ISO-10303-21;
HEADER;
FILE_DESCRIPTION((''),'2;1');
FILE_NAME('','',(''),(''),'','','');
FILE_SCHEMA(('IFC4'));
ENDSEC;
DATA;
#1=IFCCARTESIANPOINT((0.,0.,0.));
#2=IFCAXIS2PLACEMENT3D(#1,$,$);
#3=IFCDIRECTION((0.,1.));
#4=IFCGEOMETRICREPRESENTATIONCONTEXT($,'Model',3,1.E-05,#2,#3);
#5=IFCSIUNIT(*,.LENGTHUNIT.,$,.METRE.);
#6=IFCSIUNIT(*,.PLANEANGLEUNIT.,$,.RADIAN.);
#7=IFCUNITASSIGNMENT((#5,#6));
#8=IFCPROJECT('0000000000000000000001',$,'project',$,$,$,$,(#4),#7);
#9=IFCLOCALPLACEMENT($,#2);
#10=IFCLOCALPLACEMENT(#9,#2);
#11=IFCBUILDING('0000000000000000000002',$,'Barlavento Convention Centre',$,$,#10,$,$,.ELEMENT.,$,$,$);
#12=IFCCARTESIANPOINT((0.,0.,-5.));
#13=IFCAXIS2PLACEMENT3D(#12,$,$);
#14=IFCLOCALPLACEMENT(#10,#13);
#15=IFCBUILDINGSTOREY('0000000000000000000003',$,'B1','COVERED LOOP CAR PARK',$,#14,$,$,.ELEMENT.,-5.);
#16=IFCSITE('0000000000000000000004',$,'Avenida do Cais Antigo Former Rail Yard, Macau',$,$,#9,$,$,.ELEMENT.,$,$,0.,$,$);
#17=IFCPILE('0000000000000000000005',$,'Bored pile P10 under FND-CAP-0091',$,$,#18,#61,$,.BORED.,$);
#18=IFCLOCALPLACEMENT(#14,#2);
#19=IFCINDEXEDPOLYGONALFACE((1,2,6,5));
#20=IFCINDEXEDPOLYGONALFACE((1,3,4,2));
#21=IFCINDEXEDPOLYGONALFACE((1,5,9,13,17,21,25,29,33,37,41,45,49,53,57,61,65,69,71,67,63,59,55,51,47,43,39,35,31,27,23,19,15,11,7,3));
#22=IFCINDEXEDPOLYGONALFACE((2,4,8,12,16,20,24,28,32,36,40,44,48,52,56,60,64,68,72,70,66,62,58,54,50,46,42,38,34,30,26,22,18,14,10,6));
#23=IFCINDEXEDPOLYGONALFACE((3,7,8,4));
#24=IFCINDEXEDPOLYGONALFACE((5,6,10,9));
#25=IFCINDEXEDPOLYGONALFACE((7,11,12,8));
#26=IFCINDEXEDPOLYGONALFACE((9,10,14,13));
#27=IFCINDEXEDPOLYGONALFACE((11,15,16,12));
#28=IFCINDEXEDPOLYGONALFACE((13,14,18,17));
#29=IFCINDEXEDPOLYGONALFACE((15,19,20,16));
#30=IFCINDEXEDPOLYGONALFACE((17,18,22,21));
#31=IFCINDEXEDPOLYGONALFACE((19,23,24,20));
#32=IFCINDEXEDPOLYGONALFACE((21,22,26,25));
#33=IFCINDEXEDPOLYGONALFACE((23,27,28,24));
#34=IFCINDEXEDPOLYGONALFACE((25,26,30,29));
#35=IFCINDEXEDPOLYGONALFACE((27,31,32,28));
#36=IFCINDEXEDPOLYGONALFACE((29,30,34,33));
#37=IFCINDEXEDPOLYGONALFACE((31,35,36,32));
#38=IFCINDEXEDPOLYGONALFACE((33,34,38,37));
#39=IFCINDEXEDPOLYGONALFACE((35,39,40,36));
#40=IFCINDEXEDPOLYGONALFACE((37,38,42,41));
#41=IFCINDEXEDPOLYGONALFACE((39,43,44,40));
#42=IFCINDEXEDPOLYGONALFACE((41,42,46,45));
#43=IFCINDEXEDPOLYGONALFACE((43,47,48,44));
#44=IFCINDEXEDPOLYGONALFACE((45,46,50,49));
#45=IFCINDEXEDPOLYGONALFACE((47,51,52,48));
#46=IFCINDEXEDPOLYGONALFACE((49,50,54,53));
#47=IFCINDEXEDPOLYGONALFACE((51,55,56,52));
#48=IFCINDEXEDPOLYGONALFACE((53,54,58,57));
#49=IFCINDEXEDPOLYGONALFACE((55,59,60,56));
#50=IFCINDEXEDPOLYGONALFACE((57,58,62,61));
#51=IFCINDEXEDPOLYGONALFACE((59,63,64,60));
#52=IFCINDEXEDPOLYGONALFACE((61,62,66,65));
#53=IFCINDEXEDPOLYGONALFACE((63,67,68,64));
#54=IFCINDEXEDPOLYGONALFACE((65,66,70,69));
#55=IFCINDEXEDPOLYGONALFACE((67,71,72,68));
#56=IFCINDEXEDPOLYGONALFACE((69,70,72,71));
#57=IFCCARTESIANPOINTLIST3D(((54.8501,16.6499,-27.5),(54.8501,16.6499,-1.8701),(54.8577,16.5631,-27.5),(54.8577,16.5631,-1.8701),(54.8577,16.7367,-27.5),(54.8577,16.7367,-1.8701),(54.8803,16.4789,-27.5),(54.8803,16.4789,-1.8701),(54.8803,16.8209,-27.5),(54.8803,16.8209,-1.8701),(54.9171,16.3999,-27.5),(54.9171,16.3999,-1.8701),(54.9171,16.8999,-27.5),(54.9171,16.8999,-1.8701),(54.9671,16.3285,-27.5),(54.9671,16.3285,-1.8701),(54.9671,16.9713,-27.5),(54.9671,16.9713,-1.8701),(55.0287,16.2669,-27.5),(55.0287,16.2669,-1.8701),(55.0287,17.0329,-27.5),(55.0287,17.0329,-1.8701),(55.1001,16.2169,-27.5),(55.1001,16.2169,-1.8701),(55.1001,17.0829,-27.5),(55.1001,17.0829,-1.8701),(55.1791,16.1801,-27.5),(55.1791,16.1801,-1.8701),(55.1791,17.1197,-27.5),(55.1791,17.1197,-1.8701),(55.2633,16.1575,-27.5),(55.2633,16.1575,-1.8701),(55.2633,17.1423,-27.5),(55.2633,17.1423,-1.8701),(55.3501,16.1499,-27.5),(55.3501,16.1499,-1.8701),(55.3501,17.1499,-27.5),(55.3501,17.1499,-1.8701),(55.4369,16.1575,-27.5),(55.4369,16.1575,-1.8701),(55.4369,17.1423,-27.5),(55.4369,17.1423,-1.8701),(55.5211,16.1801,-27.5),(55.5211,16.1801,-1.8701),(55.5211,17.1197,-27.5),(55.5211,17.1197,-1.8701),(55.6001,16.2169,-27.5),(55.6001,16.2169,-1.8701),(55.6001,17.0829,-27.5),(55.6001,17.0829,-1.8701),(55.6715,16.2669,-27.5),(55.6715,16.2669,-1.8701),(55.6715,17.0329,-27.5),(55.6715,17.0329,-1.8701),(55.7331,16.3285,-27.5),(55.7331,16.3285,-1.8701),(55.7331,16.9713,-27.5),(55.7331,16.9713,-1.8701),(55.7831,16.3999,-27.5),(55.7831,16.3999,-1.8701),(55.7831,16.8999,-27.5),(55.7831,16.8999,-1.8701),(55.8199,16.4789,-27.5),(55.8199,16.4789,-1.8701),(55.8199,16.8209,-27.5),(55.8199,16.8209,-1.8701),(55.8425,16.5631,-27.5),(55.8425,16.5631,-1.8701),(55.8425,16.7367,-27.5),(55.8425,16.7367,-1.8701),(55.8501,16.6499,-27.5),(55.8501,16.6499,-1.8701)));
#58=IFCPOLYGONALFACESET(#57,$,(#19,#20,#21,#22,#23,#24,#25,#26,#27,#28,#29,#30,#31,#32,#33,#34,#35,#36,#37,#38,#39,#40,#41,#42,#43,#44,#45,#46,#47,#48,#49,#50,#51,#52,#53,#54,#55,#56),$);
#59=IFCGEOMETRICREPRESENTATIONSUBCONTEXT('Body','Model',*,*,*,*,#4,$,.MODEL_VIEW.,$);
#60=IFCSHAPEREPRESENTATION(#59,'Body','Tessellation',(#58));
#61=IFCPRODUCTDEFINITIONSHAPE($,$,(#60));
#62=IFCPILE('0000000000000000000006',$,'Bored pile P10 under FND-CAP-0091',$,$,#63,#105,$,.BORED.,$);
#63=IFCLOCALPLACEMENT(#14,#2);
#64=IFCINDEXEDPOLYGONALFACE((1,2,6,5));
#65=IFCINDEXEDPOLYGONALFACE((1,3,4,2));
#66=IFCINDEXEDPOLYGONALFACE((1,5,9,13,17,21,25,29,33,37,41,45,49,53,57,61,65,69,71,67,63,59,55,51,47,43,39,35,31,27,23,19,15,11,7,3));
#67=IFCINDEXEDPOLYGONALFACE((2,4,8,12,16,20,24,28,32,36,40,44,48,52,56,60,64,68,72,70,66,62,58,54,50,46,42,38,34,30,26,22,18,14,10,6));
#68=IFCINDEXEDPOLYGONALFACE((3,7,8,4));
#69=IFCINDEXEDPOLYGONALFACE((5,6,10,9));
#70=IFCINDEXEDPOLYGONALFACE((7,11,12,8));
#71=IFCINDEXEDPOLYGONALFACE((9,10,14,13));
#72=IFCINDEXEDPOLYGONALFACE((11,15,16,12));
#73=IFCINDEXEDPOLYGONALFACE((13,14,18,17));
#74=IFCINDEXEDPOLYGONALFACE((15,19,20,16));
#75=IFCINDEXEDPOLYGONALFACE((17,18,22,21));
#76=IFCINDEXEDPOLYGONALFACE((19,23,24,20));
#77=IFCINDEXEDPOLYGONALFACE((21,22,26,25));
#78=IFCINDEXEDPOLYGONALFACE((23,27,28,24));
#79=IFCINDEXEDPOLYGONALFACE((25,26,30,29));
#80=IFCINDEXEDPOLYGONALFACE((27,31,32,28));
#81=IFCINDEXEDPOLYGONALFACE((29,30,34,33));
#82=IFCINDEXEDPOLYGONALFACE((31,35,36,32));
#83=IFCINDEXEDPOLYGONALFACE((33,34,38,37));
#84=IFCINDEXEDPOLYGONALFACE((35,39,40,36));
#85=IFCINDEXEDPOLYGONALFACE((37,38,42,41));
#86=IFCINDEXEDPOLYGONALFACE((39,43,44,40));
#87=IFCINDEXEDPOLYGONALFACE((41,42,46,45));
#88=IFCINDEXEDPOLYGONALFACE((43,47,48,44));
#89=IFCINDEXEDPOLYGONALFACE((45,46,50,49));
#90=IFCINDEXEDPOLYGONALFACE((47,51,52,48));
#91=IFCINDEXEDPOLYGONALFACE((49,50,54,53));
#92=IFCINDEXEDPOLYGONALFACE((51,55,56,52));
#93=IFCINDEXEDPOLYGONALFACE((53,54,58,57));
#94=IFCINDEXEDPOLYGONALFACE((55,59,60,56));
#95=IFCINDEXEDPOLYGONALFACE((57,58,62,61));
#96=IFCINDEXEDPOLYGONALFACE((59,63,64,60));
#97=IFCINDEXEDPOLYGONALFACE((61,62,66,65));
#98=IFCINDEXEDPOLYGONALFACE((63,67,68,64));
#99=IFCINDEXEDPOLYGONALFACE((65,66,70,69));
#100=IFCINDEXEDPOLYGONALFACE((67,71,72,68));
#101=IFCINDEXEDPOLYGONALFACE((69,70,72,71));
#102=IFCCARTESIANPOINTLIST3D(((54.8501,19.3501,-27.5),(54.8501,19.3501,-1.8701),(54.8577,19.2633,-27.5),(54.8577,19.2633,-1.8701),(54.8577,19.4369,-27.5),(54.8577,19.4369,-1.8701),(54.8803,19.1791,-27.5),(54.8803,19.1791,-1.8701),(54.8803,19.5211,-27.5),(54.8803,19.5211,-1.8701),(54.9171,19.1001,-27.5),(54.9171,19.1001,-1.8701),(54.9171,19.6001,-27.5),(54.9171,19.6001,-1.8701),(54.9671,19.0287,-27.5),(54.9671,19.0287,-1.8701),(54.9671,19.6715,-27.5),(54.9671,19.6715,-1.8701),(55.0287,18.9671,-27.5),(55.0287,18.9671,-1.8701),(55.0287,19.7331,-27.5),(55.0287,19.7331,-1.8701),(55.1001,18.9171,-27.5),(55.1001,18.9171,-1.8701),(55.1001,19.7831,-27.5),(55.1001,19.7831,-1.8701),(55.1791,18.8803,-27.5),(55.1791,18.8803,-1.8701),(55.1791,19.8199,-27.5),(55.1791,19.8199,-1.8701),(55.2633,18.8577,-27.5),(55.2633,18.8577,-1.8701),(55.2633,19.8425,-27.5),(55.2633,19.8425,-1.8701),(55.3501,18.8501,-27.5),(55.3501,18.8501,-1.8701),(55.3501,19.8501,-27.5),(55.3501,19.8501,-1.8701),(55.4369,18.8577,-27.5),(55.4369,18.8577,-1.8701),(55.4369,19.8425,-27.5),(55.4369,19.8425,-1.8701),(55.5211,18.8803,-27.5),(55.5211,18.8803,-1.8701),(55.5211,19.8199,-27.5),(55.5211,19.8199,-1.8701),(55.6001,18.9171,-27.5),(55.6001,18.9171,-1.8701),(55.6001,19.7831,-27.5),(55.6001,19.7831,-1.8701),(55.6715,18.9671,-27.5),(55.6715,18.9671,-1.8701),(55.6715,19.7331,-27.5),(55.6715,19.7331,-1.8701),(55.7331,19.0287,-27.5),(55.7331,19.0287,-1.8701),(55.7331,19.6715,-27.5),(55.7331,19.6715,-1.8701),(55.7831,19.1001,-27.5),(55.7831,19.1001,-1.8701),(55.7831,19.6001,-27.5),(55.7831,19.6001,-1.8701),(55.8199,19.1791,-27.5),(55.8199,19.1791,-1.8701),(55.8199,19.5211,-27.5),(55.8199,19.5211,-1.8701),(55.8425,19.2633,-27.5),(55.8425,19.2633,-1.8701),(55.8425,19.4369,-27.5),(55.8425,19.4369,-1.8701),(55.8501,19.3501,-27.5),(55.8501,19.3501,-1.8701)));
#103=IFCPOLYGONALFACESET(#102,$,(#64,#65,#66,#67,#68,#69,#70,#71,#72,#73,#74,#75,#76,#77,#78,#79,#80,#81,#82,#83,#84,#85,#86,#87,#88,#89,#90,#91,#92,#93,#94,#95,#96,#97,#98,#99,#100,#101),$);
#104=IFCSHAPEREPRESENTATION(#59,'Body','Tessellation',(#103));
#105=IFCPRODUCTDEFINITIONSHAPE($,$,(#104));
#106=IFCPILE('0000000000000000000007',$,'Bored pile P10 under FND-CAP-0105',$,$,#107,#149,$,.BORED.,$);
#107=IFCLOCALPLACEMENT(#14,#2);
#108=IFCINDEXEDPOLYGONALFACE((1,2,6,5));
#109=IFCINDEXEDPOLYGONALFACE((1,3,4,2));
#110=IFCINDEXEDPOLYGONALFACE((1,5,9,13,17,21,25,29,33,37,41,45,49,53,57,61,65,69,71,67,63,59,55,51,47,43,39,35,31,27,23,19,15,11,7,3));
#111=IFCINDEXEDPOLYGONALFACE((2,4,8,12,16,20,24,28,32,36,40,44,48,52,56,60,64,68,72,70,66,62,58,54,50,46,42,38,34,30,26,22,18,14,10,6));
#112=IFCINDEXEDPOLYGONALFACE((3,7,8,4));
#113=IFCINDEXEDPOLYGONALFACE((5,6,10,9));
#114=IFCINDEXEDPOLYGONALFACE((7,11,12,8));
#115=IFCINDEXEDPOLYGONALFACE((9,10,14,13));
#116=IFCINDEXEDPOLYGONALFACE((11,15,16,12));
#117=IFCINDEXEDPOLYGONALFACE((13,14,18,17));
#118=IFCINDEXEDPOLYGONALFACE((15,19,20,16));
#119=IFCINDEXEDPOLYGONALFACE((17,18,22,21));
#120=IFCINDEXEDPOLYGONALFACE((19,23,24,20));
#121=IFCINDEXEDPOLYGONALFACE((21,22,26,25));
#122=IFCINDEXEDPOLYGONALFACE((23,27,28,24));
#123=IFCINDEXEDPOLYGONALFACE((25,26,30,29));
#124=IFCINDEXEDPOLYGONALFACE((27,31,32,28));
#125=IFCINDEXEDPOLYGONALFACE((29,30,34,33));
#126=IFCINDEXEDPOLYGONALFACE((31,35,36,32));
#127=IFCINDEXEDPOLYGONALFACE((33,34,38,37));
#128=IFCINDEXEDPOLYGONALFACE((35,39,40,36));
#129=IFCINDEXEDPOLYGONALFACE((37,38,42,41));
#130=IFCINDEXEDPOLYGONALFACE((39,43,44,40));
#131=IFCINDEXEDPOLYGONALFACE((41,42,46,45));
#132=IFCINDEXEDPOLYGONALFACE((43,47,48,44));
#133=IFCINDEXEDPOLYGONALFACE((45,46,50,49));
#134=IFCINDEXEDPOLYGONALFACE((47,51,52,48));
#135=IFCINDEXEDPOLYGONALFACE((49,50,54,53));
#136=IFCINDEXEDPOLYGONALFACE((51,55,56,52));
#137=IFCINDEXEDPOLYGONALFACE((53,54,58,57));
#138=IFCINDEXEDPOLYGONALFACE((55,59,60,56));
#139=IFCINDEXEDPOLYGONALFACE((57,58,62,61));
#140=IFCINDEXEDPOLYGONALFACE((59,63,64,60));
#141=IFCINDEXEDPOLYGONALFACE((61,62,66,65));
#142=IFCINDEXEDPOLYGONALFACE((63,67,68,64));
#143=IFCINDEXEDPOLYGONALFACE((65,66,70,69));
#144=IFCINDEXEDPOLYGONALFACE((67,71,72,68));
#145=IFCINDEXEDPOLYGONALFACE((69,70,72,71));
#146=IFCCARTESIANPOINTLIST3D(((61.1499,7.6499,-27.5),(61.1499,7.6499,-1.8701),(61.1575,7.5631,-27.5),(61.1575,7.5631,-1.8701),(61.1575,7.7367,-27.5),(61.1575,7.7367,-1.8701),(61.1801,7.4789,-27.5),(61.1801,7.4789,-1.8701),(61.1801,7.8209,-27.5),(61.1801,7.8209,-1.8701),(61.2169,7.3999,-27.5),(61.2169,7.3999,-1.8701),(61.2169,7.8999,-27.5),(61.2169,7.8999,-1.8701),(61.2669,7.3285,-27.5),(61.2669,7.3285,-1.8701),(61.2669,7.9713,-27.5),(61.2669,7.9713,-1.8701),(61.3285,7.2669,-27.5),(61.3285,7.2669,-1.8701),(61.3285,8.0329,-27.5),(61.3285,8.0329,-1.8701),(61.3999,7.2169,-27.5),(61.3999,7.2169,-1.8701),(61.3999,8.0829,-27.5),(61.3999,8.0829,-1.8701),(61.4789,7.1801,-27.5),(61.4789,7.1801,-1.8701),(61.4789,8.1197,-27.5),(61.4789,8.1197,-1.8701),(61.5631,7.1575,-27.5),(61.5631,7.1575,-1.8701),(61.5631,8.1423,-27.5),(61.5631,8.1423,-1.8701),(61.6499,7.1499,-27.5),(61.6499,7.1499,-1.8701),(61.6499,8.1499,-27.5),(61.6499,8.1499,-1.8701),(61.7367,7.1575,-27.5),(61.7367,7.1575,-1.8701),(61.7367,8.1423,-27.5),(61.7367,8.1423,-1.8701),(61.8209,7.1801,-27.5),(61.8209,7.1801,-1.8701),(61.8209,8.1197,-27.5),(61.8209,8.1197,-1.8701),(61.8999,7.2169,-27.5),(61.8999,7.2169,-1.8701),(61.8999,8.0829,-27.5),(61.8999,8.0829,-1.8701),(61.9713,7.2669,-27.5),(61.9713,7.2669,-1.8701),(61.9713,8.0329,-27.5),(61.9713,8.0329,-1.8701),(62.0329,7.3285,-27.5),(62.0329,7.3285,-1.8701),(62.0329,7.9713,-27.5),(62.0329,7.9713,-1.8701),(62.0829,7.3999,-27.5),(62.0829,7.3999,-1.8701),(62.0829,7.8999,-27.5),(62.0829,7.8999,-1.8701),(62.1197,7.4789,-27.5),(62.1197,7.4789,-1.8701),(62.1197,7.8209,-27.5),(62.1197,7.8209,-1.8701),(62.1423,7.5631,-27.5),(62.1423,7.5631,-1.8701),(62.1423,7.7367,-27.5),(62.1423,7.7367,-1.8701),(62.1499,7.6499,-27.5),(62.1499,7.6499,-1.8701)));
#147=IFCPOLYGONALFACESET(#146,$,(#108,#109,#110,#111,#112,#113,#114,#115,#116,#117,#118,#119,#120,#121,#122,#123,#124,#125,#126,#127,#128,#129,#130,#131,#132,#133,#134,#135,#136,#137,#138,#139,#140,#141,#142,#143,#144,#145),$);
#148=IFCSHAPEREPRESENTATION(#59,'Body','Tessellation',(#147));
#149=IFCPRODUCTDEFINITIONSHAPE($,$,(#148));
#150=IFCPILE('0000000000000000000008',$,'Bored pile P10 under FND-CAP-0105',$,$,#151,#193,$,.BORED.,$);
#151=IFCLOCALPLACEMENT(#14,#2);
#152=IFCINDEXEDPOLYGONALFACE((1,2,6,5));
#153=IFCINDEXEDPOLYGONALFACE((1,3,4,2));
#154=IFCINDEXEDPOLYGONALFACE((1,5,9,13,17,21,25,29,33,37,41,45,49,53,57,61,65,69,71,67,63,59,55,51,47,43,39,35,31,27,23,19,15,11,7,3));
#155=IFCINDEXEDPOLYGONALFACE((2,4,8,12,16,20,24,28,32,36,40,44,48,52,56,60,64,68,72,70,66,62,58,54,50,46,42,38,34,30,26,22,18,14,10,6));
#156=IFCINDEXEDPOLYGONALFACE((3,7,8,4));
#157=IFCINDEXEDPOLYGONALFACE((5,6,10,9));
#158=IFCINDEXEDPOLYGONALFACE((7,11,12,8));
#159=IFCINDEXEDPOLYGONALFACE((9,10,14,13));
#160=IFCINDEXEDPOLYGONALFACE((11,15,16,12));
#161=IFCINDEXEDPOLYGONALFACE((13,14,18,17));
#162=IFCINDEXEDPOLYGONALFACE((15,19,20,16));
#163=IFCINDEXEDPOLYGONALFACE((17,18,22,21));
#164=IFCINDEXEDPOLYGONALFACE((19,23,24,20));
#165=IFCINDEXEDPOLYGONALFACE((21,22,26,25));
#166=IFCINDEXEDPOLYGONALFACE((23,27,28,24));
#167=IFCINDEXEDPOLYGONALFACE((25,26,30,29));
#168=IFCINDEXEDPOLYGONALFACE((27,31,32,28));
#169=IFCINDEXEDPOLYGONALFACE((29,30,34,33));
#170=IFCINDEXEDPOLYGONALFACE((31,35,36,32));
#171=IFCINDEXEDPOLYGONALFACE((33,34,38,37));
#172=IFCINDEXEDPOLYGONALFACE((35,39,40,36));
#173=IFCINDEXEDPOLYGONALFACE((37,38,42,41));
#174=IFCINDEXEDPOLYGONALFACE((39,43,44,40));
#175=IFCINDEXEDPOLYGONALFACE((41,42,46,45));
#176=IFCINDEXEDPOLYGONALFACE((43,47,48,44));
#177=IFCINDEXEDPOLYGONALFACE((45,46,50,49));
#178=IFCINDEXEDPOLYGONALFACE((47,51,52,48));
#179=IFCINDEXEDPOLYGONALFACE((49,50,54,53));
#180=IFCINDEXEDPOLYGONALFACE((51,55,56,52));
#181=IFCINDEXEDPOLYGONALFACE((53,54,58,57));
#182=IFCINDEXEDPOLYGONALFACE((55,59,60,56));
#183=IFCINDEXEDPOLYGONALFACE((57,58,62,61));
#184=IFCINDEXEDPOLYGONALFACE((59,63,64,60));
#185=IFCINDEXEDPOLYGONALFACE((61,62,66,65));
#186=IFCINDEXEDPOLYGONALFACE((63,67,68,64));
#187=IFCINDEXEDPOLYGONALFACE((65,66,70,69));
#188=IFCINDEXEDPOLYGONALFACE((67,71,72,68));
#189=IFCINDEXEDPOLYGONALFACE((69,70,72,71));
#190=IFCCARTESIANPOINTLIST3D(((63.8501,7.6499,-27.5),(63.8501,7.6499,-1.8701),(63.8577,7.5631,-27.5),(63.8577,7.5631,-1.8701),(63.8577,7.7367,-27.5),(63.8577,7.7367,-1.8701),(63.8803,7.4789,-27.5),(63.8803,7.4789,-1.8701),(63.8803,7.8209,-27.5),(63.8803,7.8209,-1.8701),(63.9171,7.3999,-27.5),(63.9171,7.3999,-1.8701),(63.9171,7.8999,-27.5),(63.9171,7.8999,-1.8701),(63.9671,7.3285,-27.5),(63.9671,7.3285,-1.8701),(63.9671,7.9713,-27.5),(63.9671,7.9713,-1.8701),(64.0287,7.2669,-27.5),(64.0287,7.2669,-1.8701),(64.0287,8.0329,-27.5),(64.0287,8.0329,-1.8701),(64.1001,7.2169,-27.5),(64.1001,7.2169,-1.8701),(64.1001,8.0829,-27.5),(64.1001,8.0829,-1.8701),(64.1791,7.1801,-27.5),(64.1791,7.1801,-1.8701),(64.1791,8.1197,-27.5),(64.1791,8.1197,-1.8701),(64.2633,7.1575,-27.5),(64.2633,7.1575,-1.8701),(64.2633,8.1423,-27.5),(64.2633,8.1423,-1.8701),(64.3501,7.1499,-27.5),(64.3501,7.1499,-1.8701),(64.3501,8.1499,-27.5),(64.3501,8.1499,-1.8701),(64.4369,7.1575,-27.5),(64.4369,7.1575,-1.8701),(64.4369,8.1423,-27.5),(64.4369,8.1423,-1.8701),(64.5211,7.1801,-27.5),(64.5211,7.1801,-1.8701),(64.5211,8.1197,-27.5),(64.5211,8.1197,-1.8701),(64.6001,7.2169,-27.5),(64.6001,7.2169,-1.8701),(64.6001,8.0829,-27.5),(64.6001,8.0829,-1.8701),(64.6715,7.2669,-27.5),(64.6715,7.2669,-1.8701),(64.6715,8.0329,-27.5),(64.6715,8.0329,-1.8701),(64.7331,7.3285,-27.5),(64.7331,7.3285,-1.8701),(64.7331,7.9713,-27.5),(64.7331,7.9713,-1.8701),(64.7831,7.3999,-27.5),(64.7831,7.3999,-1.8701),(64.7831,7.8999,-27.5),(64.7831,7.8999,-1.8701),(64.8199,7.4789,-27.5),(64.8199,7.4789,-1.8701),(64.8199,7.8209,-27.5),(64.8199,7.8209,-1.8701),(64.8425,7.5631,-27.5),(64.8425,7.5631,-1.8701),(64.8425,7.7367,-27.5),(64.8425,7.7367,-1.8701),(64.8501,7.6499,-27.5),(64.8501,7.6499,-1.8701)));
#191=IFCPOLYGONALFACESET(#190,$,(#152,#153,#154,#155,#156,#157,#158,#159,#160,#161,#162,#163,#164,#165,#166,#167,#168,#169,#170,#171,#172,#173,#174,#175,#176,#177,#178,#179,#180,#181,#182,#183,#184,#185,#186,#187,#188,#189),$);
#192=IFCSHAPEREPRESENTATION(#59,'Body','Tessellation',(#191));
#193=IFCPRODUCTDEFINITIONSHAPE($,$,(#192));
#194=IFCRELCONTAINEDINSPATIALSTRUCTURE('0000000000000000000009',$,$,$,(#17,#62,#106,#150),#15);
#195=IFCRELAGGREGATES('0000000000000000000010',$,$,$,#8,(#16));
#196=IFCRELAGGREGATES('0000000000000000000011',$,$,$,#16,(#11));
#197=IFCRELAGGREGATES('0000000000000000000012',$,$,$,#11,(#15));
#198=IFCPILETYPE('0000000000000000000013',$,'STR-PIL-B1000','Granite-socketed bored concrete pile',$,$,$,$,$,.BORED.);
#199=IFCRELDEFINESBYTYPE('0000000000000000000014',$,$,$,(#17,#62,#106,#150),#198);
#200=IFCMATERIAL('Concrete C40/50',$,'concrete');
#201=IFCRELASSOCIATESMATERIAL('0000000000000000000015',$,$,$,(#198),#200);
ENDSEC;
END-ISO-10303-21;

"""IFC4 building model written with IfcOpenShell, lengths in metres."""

from ifc_helpers import new_model, si_unit, direction, frame, origin, origin_2d, place, context, subcontext, project, spatial, circle, extrude, material, material_profile, profile_set, type_object, element, save


model = new_model("IFC4")

# Units and contexts
model_context = context("Model", 3, precision=1e-05, world=origin(), true_north=direction((0.0, 1.0)))
body_context = subcontext(model_context, "Body", "Model", "MODEL_VIEW")
ifc_project = project(units=[si_unit("LENGTHUNIT", "METRE"), si_unit("PLANEANGLEUNIT", "RADIAN")], contexts=[model_context])

# Site, building, storey
site_placement = place(None, origin())
site = spatial("IfcSite", under=ifc_project, at=site_placement, Name="Avenida do Cais Antigo Former Rail Yard, Macau", CompositionType="ELEMENT", RefElevation=0.0)
building_placement = place(site_placement, origin())
building = spatial("IfcBuilding", under=site, at=building_placement, Name="Barlavento Convention Centre", CompositionType="ELEMENT")
storey_placement = place(building_placement, frame((0.0, 0.0, -5.0)))
storey = spatial("IfcBuildingStorey", under=building, at=storey_placement, Name="B1", Description="COVERED LOOP CAR PARK", CompositionType="ELEMENT", Elevation=-5.0)

# Shared definitions
ifc_material_1 = material(Name="Concrete C40/50", Category="concrete")

# Piles
ifc_material_profile_1 = material_profile(ifc_material_1, circle(Radius=0.5, at=origin_2d()), Name="BORED PILE 1000")
ifc_profile_set_1 = profile_set([ifc_material_profile_1], Name="Concrete C40/50")
pile_type_1 = type_object("IfcPileType", Name="STR-PIL-B1000", Description="Granite-socketed bored concrete pile", PredefinedType="BORED", material=ifc_profile_set_1)
for number, where, z_axis, x_axis, name in (
    (1, (55.3501, 16.6499, -1.8701), (0.0, 0.0, -1.0), (1.0, 0.0, 0.0), "Bored pile P10 under FND-CAP-0091"),
    (2, (55.3501, 19.3501, -1.8701), (0.0, 0.0, -1.0), (1.0, 0.0, 0.0), "Bored pile P10 under FND-CAP-0091"),
    (3, (61.6499, 7.6499, -1.8701), (0.0, 0.0, -1.0), (1.0, 0.0, 0.0), "Bored pile P10 under FND-CAP-0105"),
    (4, (64.3501, 7.6499, -1.8701), (0.0, 0.0, -1.0), (1.0, 0.0, 0.0), "Bored pile P10 under FND-CAP-0105"),
):
    element("IfcPile", number, at=place(storey_placement, frame(where, z_axis=z_axis, x_axis=x_axis)), inside=storey, type_object=pile_type_1, Name=name, PredefinedType="BORED", context=body_context, shape_type="SweptSolid", body=[
        extrude(circle(Radius=0.5, at=origin_2d()), origin(), (0.0, 0.0, 1.0), 25.6299),
    ])

save(model, "model.ifc")
